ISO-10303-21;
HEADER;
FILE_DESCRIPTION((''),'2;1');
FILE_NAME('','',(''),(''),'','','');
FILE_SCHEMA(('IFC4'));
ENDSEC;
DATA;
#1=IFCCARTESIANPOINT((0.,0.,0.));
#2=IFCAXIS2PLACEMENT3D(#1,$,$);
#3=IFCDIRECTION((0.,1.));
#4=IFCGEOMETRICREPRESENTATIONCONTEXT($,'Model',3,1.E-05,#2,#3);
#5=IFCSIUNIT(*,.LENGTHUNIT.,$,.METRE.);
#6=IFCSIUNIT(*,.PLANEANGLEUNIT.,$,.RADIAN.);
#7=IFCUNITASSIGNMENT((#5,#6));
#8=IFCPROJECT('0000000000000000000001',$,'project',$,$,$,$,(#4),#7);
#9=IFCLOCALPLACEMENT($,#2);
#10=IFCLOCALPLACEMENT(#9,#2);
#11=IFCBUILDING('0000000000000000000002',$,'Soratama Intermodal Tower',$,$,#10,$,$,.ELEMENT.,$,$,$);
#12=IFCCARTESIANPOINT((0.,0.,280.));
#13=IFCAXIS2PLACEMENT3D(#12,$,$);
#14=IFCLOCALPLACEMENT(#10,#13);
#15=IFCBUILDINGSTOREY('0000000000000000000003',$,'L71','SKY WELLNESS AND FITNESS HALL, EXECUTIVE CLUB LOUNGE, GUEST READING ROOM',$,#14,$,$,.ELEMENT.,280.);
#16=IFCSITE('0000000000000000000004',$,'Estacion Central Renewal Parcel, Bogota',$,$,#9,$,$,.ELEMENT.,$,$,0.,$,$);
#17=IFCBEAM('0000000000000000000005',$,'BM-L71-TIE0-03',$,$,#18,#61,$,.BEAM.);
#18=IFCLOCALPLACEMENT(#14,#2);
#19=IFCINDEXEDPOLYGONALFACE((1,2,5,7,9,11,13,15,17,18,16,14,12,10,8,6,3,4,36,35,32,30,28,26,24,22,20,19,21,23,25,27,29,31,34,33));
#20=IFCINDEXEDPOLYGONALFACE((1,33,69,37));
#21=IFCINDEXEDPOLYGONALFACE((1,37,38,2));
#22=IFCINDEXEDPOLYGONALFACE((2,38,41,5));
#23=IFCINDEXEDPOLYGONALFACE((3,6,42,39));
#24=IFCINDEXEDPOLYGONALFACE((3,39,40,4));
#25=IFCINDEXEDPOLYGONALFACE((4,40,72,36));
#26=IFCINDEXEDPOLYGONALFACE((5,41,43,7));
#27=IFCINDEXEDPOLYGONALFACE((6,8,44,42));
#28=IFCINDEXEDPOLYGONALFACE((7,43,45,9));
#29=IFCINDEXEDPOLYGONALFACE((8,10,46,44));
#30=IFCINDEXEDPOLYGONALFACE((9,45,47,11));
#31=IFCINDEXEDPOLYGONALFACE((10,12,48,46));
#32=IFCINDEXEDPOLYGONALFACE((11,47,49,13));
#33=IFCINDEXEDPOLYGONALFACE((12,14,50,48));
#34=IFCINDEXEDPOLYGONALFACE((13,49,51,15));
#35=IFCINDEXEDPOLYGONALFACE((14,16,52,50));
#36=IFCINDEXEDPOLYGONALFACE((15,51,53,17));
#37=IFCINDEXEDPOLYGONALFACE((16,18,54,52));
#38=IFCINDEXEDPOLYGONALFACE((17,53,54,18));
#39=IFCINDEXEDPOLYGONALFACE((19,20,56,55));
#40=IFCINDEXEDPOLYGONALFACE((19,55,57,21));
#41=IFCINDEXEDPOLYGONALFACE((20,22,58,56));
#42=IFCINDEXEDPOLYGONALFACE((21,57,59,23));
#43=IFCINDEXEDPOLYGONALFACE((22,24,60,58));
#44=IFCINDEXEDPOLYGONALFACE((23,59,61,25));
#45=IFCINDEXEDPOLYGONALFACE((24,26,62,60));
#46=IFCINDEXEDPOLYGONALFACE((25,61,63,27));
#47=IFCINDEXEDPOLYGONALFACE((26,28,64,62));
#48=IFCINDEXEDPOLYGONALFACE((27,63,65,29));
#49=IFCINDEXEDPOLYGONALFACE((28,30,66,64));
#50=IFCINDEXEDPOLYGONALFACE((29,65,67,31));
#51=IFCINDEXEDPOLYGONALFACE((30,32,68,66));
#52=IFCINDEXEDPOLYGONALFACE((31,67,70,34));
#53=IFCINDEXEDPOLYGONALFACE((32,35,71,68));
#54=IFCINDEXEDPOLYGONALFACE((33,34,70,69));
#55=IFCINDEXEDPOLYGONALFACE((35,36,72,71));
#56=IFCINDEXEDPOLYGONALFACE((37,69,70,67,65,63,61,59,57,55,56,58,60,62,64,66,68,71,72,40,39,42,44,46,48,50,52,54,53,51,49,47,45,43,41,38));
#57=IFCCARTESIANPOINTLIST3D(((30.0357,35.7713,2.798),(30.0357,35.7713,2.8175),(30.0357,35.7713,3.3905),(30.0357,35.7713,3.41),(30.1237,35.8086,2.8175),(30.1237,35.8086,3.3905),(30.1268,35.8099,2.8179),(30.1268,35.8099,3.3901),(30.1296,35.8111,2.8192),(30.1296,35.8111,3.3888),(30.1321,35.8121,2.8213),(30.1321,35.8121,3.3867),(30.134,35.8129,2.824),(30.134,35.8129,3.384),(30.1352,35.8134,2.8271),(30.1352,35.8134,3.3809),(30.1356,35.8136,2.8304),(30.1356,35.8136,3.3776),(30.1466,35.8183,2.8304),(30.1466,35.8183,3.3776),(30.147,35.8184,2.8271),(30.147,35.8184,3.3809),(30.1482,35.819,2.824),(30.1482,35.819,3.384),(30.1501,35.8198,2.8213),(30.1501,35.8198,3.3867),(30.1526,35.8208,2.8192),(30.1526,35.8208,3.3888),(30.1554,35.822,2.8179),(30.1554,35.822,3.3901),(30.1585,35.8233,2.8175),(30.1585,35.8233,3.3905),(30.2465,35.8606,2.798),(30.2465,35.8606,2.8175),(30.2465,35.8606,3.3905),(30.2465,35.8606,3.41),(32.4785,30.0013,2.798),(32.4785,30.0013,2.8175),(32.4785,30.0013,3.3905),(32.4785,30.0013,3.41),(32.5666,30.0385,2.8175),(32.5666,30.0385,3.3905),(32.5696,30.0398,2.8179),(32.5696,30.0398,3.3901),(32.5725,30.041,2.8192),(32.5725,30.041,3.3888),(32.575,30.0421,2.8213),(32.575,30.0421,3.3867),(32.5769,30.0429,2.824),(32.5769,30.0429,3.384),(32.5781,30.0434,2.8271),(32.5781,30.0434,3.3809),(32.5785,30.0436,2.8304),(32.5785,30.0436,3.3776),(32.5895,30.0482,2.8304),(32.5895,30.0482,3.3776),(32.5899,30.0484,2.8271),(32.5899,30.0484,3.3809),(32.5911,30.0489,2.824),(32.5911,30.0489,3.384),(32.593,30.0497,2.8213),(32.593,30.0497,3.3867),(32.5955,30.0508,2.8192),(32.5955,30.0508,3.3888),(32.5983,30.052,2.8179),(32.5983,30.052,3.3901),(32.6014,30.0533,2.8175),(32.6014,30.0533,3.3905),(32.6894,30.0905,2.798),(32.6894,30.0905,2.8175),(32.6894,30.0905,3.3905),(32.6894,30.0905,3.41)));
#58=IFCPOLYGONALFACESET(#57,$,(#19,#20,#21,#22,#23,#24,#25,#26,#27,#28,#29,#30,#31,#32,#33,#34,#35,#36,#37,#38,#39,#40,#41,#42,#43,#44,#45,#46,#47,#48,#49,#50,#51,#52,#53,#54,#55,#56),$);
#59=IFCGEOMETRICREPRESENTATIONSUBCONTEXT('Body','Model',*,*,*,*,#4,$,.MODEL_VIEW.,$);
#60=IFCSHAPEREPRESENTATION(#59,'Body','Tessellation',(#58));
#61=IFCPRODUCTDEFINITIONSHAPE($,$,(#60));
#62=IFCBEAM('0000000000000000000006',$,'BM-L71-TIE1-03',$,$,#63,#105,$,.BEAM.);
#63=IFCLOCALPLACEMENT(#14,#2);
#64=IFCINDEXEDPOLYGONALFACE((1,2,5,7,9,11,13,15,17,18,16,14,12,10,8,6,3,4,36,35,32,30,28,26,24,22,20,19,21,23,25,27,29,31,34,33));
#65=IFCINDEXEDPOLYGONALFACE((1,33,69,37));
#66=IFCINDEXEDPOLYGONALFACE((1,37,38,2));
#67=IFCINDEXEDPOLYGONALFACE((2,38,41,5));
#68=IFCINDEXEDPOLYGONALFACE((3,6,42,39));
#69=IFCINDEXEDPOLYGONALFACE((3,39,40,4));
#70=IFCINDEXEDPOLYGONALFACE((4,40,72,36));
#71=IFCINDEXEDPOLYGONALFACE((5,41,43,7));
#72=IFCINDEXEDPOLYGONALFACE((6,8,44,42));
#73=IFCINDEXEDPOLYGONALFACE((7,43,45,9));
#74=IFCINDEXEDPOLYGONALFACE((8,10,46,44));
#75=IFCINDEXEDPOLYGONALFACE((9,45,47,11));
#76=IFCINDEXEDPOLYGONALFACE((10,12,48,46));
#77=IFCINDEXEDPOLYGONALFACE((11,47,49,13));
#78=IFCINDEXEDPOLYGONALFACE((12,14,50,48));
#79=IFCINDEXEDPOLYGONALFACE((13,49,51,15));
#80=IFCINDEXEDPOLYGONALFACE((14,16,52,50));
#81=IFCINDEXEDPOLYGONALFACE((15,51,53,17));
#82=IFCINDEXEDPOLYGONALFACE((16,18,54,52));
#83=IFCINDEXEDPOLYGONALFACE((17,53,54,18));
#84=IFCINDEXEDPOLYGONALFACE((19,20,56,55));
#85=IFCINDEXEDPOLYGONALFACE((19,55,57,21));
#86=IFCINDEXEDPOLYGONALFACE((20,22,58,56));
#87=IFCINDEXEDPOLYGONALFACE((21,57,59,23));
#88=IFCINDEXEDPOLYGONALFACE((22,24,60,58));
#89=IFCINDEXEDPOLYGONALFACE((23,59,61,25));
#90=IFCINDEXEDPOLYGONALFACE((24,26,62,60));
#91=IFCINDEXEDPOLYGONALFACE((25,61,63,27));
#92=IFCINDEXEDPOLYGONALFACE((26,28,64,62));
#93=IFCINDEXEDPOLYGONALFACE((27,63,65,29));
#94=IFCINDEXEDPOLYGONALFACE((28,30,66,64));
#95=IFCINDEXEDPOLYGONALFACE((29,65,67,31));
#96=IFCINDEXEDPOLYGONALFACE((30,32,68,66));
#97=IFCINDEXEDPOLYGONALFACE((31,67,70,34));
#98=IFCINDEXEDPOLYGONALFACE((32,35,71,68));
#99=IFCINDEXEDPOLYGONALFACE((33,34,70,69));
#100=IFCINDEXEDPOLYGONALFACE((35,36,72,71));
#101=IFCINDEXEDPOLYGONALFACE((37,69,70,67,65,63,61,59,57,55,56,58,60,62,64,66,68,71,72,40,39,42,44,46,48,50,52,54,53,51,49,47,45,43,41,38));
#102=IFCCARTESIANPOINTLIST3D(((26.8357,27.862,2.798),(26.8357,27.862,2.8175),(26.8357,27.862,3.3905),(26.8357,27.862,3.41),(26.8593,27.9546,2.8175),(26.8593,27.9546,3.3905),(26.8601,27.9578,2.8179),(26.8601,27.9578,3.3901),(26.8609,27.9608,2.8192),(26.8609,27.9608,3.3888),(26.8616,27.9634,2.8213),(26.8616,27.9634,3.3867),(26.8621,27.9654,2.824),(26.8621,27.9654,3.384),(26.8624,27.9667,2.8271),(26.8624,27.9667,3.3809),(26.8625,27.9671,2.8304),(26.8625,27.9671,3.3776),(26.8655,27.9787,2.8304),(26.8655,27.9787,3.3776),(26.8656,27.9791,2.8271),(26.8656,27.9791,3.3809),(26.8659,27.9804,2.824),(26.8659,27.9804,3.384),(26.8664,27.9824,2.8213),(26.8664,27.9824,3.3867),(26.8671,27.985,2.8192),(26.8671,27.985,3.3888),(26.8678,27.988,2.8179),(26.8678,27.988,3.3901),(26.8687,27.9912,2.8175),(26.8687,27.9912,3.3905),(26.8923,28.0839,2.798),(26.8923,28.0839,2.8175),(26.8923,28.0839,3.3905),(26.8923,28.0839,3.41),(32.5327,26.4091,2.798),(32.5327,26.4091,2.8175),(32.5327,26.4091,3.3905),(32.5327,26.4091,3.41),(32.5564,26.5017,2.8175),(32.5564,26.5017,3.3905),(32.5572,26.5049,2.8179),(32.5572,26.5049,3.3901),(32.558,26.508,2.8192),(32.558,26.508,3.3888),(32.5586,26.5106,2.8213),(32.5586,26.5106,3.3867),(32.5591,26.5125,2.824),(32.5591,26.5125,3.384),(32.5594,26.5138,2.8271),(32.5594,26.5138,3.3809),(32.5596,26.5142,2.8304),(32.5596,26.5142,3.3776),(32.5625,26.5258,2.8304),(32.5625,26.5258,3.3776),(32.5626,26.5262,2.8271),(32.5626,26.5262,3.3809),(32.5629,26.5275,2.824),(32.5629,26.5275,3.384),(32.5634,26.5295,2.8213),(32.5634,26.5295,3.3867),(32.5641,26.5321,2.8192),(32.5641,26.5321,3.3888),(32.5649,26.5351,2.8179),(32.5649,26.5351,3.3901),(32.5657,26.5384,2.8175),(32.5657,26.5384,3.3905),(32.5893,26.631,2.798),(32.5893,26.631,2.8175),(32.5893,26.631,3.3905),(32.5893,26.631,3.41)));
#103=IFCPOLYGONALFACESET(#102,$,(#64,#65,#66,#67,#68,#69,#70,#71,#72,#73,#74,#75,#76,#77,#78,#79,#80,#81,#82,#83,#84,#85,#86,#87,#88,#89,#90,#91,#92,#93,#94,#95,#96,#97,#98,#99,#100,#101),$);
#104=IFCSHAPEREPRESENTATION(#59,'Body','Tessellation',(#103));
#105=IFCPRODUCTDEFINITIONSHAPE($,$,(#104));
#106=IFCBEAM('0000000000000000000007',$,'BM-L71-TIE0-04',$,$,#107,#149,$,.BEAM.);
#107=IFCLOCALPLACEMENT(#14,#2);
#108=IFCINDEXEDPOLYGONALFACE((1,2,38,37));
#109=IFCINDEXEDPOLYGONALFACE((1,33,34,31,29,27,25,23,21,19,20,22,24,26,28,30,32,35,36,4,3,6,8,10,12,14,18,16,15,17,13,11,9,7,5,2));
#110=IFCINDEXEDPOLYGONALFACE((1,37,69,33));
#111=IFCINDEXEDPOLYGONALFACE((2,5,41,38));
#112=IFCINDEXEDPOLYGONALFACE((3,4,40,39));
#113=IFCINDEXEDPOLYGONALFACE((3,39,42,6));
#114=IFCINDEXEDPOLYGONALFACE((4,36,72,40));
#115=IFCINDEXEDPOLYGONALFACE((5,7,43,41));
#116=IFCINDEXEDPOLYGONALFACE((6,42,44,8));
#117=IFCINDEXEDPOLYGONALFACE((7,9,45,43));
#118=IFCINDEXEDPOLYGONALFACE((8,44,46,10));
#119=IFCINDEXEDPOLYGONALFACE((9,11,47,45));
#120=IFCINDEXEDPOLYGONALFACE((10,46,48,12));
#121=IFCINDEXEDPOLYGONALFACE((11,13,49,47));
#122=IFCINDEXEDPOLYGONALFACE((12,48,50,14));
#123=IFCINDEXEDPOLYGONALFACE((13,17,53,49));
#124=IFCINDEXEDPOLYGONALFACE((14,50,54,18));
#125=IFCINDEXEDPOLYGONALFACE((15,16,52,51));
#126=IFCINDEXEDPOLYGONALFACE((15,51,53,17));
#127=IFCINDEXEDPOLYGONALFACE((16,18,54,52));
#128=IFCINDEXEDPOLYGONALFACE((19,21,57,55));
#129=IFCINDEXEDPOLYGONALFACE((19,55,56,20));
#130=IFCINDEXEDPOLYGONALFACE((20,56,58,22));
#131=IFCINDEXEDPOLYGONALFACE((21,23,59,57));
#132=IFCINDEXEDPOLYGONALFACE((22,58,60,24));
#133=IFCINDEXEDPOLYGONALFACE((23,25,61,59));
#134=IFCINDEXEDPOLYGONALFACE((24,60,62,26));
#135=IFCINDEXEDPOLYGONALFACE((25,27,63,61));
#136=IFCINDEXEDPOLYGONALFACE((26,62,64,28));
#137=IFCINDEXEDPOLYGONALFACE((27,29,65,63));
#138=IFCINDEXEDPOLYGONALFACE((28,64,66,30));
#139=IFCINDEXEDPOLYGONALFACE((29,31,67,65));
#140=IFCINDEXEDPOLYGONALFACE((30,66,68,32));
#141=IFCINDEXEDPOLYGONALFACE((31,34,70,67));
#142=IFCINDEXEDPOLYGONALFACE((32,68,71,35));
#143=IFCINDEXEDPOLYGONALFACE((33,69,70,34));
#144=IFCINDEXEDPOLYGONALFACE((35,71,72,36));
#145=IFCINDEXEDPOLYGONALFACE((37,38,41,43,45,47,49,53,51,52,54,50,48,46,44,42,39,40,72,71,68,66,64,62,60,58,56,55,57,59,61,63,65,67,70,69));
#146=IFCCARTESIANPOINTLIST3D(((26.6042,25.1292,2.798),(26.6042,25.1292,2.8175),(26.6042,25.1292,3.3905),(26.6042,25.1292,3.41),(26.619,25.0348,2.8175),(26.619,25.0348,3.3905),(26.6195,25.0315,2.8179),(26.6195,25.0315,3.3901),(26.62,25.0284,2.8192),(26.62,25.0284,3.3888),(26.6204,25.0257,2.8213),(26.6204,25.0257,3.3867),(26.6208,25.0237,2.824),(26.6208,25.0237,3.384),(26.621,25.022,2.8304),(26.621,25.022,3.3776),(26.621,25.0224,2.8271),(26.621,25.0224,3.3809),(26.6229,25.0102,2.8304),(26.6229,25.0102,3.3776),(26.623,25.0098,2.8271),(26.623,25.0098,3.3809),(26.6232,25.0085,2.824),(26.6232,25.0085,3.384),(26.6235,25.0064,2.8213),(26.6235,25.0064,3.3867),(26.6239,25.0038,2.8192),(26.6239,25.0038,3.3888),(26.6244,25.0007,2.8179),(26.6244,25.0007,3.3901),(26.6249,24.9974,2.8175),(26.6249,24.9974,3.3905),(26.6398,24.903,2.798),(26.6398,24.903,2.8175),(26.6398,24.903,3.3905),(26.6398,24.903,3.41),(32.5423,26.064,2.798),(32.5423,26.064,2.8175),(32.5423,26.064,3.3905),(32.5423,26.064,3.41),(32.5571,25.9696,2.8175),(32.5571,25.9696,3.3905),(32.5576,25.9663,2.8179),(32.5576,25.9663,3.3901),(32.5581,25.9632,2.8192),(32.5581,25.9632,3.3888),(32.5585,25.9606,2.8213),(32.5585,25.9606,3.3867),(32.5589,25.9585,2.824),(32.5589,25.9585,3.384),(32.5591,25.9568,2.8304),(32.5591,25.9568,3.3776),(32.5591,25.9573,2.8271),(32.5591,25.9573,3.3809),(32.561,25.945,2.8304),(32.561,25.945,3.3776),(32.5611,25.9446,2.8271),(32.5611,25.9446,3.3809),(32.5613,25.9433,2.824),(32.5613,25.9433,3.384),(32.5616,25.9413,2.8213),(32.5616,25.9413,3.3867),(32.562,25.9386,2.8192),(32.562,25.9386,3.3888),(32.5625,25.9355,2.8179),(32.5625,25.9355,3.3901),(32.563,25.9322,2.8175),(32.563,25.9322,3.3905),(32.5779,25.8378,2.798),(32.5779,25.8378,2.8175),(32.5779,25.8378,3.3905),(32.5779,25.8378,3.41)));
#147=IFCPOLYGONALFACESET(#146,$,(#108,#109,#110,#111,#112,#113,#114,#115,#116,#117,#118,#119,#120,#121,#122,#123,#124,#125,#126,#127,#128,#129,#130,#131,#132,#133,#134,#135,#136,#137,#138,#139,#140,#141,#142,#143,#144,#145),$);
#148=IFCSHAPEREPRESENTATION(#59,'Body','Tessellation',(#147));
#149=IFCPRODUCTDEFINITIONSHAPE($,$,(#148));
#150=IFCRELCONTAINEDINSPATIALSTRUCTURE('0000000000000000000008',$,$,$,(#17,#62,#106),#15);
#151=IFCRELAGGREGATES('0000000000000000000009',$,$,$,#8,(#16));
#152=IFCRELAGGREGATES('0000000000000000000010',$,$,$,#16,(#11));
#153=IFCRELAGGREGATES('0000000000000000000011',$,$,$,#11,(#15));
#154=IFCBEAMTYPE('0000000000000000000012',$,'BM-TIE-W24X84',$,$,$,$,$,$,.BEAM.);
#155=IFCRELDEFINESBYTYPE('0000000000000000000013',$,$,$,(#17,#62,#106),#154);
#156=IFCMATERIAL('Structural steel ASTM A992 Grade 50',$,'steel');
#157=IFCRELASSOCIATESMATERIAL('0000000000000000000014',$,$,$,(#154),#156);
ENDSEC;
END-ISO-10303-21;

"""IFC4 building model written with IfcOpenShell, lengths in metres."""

from ifc_helpers import new_model, si_unit, direction, frame, origin, origin_2d, place, context, subcontext, project, spatial, i_section, extrude, material, material_profile, profile_set, type_object, element, save


model = new_model("IFC4")

# Units and contexts
model_context = context("Model", 3, precision=1e-05, world=origin(), true_north=direction((0.0, 1.0)))
body_context = subcontext(model_context, "Body", "Model", "MODEL_VIEW")
ifc_project = project(units=[si_unit("LENGTHUNIT", "METRE"), si_unit("PLANEANGLEUNIT", "RADIAN")], contexts=[model_context])

# Site, building, storey
site_placement = place(None, origin())
site = spatial("IfcSite", under=ifc_project, at=site_placement, Name="Estacion Central Renewal Parcel, Bogota", CompositionType="ELEMENT", RefElevation=0.0)
building_placement = place(site_placement, origin())
building = spatial("IfcBuilding", under=site, at=building_placement, Name="Soratama Intermodal Tower", CompositionType="ELEMENT")
storey_placement = place(building_placement, frame((0.0, 0.0, 280.0)))
storey = spatial("IfcBuildingStorey", under=building, at=storey_placement, Name="L71", Description="SKY WELLNESS AND FITNESS HALL, EXECUTIVE CLUB LOUNGE, GUEST READING ROOM", CompositionType="ELEMENT", Elevation=280.0)

# Beams
ifc_material_1 = material(Name="Structural steel ASTM A992 Grade 50", Category="steel")
ifc_material_profile_1 = material_profile(ifc_material_1, i_section(OverallWidth=0.229, OverallDepth=0.6121, WebThickness=0.012, FlangeThickness=0.0195, FilletRadius=0.0129, at=origin_2d()), Name="W24X84")
ifc_profile_set_1 = profile_set([ifc_material_profile_1], Name="Structural steel ASTM A992 Grade 50")
beam_type_1 = type_object("IfcBeamType", Name="BM-TIE-W24X84", PredefinedType="BEAM", material=ifc_profile_set_1)
beam_1_placement = place(storey_placement, frame((32.584, 30.0459, 3.104), z_axis=(-0.389871, 0.920869, 0.0), x_axis=(-0.920869, -0.389871, 0.0)))
element("IfcBeam", 1, at=beam_1_placement, inside=storey, type_object=beam_type_1, Name="BM-L71-TIE0-03", PredefinedType="BEAM", context=body_context, shape_type="SweptSolid", body=[
    extrude(i_section(OverallWidth=0.229, OverallDepth=0.6121, WebThickness=0.012, FlangeThickness=0.0195, FilletRadius=0.0129, at=origin_2d()), origin(), (0.0, 0.0, 1.0), 6.2659),
])
beam_2_placement = place(storey_placement, frame((32.561, 26.52, 3.104), z_axis=(-0.968986, 0.247115, 0.0), x_axis=(-0.247115, -0.968986, 0.0)))
element("IfcBeam", 2, at=beam_2_placement, inside=storey, type_object=beam_type_1, Name="BM-L71-TIE1-03", PredefinedType="BEAM", context=body_context, shape_type="SweptSolid", body=[
    extrude(i_section(OverallWidth=0.229, OverallDepth=0.6121, WebThickness=0.012, FlangeThickness=0.0195, FilletRadius=0.0129, at=origin_2d()), origin(), (0.0, 0.0, 1.0), 5.8794),
])
beam_3_placement = place(storey_placement, frame((32.5601, 25.9509, 3.104), z_axis=(-0.987834, -0.155514, 0.0), x_axis=(0.155514, -0.987834, 0.0)))
element("IfcBeam", 3, at=beam_3_placement, inside=storey, type_object=beam_type_1, Name="BM-L71-TIE0-04", PredefinedType="BEAM", context=body_context, shape_type="SweptSolid", body=[
    extrude(i_section(OverallWidth=0.229, OverallDepth=0.6121, WebThickness=0.012, FlangeThickness=0.0195, FilletRadius=0.0129, at=origin_2d()), origin(), (0.0, 0.0, 1.0), 6.0112),
])

save(model, "model.ifc")
